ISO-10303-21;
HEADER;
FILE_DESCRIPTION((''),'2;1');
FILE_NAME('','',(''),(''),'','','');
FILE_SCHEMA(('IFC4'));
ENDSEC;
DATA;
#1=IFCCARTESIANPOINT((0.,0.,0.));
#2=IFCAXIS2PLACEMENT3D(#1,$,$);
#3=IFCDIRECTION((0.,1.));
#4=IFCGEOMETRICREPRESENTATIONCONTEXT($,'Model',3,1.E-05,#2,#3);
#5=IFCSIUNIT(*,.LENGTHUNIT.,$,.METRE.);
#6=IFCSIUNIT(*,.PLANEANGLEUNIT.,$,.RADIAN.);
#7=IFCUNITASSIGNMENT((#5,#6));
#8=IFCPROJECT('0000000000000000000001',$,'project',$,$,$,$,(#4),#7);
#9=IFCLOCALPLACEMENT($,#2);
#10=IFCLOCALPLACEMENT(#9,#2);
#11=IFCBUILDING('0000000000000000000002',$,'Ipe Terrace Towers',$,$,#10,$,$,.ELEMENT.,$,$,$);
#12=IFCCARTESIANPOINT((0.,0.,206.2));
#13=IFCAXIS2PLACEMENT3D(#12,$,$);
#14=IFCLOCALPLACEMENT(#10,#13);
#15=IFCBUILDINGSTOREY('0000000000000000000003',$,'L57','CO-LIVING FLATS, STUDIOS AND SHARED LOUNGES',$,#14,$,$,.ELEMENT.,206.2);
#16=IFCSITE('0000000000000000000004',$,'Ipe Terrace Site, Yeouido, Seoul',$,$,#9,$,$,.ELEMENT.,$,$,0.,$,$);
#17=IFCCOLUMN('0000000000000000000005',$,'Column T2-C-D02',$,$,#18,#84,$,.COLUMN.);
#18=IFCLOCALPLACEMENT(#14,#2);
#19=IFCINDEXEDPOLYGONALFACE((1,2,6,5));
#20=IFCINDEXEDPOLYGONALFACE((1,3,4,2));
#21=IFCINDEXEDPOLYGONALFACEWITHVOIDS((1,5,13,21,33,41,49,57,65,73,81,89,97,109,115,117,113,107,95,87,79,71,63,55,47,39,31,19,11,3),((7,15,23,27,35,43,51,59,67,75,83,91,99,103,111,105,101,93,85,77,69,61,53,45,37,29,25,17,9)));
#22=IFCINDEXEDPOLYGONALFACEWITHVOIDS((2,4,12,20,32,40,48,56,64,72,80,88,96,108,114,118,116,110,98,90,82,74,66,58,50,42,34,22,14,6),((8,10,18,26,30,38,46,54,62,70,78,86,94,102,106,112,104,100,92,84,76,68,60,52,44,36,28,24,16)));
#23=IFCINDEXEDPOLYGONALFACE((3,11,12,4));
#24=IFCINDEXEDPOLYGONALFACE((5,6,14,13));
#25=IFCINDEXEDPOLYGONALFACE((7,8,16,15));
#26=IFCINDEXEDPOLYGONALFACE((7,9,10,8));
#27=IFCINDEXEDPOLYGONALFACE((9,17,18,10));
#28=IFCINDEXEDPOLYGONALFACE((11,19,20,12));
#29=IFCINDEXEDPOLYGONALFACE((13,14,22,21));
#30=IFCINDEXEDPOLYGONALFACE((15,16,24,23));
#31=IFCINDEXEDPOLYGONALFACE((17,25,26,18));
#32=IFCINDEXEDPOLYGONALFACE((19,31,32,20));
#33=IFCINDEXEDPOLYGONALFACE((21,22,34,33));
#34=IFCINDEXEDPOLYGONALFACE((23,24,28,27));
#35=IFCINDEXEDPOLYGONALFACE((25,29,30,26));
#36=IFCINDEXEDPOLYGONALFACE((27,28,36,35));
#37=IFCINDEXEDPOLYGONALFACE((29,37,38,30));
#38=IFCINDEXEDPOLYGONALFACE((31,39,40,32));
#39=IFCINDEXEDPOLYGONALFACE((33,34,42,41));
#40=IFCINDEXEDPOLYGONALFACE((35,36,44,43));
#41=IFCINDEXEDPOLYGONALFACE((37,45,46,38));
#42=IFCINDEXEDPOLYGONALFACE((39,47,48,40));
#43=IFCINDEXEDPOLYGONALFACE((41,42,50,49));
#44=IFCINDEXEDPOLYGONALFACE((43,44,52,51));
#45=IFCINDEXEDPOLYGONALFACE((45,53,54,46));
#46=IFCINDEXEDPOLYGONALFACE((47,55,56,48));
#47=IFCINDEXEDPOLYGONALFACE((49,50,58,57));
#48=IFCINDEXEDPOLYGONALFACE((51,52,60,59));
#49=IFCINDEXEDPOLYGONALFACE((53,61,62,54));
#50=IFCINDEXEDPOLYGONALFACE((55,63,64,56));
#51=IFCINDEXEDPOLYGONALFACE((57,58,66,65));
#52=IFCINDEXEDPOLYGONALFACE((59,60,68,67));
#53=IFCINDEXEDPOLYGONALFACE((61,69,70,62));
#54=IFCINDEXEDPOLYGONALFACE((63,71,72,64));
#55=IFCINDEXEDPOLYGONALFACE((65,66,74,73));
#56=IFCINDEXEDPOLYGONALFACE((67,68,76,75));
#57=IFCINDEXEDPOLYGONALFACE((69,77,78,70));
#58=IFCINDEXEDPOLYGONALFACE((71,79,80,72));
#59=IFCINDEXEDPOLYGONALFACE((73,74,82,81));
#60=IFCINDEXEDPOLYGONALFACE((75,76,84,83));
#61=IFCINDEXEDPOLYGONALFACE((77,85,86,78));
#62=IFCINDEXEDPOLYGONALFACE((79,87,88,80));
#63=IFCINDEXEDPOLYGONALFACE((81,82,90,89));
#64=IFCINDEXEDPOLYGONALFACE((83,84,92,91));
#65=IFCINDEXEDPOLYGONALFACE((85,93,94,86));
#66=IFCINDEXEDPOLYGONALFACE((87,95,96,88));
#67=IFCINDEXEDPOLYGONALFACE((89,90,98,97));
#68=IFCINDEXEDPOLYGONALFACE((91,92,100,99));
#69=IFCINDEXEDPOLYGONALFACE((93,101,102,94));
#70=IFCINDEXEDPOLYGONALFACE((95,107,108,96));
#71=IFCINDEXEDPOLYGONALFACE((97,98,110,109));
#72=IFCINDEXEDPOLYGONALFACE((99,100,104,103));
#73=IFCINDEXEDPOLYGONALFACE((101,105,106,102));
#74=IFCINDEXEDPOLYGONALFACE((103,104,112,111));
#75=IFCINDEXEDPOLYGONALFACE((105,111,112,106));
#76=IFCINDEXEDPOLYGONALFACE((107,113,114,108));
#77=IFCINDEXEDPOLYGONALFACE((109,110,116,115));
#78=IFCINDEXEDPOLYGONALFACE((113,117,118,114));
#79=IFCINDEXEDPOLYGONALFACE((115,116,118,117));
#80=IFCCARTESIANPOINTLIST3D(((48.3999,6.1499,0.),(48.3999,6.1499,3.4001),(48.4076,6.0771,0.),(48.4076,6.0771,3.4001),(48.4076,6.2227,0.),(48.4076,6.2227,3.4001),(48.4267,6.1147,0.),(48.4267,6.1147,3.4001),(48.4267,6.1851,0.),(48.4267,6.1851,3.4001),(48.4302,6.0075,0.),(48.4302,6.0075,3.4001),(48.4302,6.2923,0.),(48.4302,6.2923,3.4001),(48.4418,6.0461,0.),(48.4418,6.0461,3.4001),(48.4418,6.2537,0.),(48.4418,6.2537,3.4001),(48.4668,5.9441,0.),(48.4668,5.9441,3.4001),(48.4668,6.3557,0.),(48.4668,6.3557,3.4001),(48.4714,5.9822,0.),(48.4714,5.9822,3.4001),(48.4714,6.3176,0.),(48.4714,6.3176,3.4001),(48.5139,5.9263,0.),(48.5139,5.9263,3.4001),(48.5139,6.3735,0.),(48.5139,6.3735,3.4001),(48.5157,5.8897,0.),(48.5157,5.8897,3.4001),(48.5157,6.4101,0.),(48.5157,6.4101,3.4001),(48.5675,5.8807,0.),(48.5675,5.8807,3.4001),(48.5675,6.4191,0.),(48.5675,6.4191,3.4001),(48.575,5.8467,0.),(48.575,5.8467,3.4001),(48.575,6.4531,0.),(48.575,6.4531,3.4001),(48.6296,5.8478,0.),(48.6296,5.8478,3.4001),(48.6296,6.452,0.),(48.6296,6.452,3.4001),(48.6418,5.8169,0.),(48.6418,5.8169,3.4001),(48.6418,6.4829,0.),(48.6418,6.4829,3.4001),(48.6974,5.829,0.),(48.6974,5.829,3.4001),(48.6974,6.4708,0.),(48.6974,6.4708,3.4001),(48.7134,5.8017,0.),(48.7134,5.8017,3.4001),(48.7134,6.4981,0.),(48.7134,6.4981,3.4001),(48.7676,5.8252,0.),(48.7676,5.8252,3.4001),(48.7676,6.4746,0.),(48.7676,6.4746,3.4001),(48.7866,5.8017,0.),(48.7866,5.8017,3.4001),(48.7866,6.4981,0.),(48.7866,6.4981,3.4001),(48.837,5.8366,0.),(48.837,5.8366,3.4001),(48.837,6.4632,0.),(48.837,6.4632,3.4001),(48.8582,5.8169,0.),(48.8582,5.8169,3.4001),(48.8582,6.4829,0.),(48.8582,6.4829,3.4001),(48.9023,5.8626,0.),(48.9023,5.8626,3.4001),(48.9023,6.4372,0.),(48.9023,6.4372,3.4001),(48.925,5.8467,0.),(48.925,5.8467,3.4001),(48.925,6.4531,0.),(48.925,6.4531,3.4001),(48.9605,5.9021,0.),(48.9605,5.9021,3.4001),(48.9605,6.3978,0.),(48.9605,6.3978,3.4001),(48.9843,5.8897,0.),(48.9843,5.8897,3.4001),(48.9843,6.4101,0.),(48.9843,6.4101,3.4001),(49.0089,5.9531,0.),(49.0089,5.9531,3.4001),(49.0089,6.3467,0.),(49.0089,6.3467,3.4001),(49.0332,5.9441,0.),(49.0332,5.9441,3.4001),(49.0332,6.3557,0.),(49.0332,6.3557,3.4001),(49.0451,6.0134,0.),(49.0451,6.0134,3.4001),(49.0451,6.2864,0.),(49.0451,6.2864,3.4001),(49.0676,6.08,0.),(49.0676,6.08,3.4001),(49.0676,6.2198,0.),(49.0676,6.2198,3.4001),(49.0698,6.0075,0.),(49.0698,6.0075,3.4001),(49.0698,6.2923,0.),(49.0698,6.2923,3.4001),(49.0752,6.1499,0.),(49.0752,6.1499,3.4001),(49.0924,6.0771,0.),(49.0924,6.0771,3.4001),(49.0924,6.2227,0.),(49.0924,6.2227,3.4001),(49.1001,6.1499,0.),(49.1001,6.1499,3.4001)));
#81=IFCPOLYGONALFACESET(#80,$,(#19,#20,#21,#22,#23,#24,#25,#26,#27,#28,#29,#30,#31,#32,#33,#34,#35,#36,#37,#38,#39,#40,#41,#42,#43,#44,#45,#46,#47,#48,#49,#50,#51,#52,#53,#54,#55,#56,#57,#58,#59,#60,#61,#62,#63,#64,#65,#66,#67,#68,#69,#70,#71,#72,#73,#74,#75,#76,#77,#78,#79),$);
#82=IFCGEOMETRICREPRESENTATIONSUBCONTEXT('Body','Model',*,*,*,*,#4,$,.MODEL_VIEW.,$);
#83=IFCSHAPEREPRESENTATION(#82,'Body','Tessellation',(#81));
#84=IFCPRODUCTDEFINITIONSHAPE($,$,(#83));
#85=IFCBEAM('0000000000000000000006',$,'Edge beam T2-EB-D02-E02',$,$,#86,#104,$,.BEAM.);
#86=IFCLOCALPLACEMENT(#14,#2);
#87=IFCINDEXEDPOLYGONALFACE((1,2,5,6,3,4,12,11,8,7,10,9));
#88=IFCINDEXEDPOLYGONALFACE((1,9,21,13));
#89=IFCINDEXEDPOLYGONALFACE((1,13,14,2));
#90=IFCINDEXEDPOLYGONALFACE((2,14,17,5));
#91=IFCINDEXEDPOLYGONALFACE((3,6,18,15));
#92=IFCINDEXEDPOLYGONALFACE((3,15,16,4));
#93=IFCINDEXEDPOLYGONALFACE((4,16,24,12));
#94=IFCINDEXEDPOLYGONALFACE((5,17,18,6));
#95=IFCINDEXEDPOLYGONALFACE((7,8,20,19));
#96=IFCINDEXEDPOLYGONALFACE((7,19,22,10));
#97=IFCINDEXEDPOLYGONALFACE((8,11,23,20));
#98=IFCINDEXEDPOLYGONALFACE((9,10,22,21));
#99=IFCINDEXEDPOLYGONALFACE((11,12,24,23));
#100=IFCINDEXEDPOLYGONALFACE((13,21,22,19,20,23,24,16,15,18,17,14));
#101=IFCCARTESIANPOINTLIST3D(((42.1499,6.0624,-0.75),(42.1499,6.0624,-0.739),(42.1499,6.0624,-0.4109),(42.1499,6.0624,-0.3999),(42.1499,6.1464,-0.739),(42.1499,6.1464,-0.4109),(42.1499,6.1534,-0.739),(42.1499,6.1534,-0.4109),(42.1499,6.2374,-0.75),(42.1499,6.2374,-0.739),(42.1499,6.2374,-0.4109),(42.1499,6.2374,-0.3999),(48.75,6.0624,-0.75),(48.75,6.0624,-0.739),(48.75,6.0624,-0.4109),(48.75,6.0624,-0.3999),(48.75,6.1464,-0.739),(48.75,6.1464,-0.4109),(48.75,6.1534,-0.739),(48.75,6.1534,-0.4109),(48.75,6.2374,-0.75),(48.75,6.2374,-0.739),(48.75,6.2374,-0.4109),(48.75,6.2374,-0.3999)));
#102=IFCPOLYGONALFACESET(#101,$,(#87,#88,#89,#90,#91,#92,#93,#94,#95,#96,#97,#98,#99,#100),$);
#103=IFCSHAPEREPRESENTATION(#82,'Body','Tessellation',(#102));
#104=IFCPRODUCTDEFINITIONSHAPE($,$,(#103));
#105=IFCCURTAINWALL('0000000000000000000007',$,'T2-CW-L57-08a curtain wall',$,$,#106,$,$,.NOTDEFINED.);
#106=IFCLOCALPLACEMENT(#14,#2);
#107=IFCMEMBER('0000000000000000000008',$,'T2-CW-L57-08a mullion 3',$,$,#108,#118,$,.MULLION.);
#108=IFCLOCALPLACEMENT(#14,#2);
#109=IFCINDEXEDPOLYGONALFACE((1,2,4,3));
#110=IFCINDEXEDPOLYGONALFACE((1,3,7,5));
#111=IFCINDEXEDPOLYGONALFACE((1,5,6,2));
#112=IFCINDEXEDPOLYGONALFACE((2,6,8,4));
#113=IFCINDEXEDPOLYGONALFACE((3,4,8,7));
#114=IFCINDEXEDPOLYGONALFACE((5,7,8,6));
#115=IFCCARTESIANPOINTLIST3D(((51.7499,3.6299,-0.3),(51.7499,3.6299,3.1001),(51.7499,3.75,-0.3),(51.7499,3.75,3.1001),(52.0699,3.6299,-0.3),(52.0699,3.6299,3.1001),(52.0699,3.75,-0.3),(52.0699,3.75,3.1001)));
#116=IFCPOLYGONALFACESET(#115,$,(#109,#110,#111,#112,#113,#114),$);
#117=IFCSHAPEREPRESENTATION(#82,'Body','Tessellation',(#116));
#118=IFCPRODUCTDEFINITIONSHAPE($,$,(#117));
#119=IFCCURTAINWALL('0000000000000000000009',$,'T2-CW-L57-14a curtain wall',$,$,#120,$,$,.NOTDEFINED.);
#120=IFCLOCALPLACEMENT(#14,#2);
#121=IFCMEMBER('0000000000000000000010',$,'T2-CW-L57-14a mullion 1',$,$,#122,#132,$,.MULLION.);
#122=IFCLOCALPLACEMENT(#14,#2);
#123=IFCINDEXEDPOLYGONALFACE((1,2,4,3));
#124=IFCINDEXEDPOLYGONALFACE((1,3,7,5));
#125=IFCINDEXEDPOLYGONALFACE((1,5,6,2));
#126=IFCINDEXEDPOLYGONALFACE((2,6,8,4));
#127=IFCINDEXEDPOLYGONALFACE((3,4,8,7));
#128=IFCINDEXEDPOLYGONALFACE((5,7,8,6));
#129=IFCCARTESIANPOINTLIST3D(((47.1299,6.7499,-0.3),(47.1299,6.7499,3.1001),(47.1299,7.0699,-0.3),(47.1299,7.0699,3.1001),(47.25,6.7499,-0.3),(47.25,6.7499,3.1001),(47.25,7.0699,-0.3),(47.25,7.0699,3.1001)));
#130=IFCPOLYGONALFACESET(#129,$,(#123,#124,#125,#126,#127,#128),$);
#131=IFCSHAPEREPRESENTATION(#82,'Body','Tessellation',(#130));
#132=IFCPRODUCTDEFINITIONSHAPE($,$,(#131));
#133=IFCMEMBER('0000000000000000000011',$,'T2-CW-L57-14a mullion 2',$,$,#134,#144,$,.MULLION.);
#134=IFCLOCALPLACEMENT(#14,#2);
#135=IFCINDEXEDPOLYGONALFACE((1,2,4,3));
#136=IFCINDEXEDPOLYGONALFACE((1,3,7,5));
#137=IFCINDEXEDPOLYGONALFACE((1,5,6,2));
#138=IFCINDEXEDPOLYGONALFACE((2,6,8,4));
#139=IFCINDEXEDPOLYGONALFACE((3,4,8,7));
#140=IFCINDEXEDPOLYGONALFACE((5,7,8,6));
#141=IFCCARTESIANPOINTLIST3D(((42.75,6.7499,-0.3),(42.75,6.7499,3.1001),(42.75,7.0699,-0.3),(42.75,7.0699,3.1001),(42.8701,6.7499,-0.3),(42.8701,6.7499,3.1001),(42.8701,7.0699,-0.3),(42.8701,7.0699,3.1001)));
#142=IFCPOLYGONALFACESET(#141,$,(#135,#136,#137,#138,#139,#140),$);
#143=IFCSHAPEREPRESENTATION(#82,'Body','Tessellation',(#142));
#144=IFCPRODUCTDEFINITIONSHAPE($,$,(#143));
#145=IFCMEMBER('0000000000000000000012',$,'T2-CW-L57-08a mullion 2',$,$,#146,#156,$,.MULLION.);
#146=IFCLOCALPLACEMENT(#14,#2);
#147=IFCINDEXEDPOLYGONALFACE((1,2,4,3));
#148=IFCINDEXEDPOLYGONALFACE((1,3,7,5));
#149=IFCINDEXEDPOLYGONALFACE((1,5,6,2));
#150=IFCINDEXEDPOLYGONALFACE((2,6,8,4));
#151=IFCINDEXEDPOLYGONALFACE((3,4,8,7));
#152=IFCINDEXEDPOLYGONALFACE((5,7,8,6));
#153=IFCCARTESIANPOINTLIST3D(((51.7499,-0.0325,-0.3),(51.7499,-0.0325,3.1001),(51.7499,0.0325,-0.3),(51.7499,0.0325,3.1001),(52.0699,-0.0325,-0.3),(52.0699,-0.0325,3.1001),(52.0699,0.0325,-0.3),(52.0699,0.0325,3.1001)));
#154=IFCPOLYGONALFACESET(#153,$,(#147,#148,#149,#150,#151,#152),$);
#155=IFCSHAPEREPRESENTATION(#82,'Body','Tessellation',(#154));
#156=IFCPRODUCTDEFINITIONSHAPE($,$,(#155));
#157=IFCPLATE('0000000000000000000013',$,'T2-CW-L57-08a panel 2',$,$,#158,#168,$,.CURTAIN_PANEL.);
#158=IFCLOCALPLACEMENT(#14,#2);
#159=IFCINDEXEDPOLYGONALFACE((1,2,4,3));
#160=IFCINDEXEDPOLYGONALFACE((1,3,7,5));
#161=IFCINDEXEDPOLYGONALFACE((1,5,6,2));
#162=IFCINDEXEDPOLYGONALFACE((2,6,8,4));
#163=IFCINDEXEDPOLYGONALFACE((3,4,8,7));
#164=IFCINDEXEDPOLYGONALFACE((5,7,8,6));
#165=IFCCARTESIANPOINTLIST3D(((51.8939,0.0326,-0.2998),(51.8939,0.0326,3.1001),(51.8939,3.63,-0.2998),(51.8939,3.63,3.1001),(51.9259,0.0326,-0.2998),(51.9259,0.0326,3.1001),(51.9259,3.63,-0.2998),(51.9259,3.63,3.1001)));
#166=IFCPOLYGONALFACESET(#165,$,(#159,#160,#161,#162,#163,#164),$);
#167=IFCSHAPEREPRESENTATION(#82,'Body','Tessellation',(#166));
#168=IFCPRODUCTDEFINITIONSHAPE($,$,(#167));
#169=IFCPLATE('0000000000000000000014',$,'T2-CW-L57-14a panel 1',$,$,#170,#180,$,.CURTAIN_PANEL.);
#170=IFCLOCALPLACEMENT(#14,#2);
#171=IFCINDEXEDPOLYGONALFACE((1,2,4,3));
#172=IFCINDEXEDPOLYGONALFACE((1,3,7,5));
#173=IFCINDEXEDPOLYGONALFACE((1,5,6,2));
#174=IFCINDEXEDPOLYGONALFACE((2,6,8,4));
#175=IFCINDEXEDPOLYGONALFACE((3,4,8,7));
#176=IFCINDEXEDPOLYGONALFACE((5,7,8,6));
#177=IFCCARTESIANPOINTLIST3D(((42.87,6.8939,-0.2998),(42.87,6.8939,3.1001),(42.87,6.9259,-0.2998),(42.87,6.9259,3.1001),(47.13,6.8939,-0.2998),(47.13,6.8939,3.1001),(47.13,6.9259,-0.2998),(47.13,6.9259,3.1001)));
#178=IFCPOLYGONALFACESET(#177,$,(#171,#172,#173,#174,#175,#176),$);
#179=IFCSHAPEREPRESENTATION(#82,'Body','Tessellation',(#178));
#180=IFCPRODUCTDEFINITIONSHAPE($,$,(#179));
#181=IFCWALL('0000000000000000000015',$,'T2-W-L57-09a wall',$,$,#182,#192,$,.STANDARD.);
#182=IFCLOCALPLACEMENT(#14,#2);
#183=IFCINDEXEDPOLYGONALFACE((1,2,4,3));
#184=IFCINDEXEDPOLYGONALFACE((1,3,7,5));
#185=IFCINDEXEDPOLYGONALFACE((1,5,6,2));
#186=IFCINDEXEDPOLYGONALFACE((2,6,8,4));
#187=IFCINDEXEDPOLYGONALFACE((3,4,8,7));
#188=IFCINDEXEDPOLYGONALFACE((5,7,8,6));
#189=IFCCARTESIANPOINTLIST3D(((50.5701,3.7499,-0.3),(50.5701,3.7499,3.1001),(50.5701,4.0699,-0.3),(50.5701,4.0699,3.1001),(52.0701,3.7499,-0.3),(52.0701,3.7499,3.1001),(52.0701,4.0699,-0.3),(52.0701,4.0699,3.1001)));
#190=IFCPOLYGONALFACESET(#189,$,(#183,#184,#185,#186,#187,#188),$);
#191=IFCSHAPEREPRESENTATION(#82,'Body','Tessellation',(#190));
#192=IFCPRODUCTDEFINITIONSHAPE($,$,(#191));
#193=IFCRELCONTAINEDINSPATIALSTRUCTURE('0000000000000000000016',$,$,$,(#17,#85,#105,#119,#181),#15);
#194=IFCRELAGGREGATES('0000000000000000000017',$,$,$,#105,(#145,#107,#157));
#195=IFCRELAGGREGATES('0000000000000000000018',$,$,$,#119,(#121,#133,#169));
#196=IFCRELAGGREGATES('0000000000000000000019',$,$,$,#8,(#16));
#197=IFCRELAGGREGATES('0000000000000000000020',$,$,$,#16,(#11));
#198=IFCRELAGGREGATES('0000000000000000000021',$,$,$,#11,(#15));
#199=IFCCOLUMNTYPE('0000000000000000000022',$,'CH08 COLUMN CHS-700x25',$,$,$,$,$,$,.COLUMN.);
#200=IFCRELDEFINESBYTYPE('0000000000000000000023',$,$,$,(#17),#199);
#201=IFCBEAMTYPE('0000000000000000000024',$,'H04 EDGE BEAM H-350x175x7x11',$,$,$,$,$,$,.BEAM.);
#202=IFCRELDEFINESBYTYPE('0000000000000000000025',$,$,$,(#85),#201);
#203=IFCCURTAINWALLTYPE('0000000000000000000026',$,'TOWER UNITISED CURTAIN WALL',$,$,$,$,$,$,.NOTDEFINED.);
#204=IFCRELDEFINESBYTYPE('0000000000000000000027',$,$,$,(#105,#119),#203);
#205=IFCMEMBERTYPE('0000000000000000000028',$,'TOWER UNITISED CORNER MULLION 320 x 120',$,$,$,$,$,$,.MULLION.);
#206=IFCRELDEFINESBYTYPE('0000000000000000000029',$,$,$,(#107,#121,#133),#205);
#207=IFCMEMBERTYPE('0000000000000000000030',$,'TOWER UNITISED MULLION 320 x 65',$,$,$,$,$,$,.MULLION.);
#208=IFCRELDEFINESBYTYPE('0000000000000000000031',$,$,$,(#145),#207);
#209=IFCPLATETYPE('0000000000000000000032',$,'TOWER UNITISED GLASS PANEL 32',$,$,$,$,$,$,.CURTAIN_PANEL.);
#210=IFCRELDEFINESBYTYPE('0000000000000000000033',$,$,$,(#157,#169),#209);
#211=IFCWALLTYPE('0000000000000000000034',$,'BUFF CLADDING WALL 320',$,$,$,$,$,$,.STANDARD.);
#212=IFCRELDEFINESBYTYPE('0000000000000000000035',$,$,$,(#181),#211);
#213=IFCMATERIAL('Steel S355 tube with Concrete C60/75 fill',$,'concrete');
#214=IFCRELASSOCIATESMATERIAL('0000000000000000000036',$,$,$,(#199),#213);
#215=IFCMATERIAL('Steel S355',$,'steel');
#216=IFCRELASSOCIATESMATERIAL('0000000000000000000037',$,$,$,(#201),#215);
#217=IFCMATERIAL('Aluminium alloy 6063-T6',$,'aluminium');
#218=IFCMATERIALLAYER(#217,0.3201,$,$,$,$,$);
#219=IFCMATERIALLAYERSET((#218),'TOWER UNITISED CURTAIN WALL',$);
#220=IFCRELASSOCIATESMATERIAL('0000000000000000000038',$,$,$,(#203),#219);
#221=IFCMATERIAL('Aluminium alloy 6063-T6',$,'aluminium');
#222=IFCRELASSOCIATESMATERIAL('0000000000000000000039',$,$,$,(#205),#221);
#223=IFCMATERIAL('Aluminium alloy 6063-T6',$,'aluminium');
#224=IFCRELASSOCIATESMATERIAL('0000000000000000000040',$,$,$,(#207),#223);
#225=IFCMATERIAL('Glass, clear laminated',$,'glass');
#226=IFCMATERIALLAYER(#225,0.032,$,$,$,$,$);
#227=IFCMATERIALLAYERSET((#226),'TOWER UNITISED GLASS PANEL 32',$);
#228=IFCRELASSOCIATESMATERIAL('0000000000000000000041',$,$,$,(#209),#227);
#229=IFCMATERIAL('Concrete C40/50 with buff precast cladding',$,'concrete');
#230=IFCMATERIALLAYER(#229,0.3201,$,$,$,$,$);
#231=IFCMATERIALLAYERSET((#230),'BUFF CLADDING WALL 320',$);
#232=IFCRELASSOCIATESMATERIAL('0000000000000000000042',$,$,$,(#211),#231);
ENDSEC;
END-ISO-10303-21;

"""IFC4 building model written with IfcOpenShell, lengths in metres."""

from ifc_helpers import new_model, si_unit, direction, frame, frame_2d, origin, origin_2d, place, context, subcontext, project, spatial, rectangle, hollow_circle, i_section, extrude, material, layer, layer_set, material_profile, profile_set, type_object, element, aggregate, save


model = new_model("IFC4")

# Units and contexts
model_context = context("Model", 3, precision=1e-05, world=origin(), true_north=direction((0.0, 1.0)))
body_context = subcontext(model_context, "Body", "Model", "MODEL_VIEW")
ifc_project = project(units=[si_unit("LENGTHUNIT", "METRE"), si_unit("PLANEANGLEUNIT", "RADIAN")], contexts=[model_context])

# Site, building, storey
site_placement = place(None, origin())
site = spatial("IfcSite", under=ifc_project, at=site_placement, Name="Ipe Terrace Site, Yeouido, Seoul", CompositionType="ELEMENT", RefElevation=0.0)
building_placement = place(site_placement, origin())
building = spatial("IfcBuilding", under=site, at=building_placement, Name="Ipe Terrace Towers", CompositionType="ELEMENT")
storey_placement = place(building_placement, frame((0.0, 0.0, 206.2)))
storey = spatial("IfcBuildingStorey", under=building, at=storey_placement, Name="L57", Description="CO-LIVING FLATS, STUDIOS AND SHARED LOUNGES", CompositionType="ELEMENT", Elevation=206.2)

# Column
ifc_material_1 = material(Name="Steel S355 tube with Concrete C60/75 fill", Category="concrete")
ifc_material_profile_1 = material_profile(ifc_material_1, hollow_circle(Radius=0.3501, WallThickness=0.0249, at=origin_2d()), Name="CHS-700x25")
ifc_profile_set_1 = profile_set([ifc_material_profile_1], Name="Steel S355 tube with Concrete C60/75 fill")
column_type = type_object("IfcColumnType", Name="CH08 COLUMN CHS-700x25", PredefinedType="COLUMN", material=ifc_profile_set_1)
column_placement = place(storey_placement, frame((48.75, 6.1499, 0.0), z_axis=(0.0, 0.0, 1.0), x_axis=(1.0, 0.0, 0.0)))
element("IfcColumn", 1, at=column_placement, inside=storey, type_object=column_type, Name="Column T2-C-D02", PredefinedType="COLUMN", context=body_context, shape_type="SweptSolid", body=[
    extrude(hollow_circle(Radius=0.3501, WallThickness=0.0249, at=origin_2d()), origin(), (0.0, 0.0, 1.0), 3.4001),
])

# Beam
ifc_material_2 = material(Name="Steel S355", Category="steel")
ifc_material_profile_2 = material_profile(ifc_material_2, i_section(OverallWidth=0.175, OverallDepth=0.3501, WebThickness=0.0071, FlangeThickness=0.011, at=origin_2d()), Name="H-350x175x7x11")
ifc_profile_set_2 = profile_set([ifc_material_profile_2], Name="Steel S355")
beam_type = type_object("IfcBeamType", Name="H04 EDGE BEAM H-350x175x7x11", PredefinedType="BEAM", material=ifc_profile_set_2)
beam_placement = place(storey_placement, frame((48.75, 6.1499, -0.575), z_axis=(-1.0, 0.0, 0.0), x_axis=(0.0, -1.0, 0.0)))
element("IfcBeam", 2, at=beam_placement, inside=storey, type_object=beam_type, Name="Edge beam T2-EB-D02-E02", PredefinedType="BEAM", context=body_context, shape_type="SweptSolid", body=[
    extrude(i_section(OverallWidth=0.175, OverallDepth=0.3501, WebThickness=0.0071, FlangeThickness=0.011, at=origin_2d()), origin(), (0.0, 0.0, 1.0), 6.6001),
])

# Curtain wall, member
ifc_material_3 = material(Name="Aluminium alloy 6063-T6", Category="aluminium")
ifc_layer_1 = layer(ifc_material_3, 0.3201)
ifc_layer_set_1 = layer_set([ifc_layer_1], Name="TOWER UNITISED CURTAIN WALL")
curtain_wall_type = type_object("IfcCurtainWallType", Name="TOWER UNITISED CURTAIN WALL", PredefinedType="NOTDEFINED", material=ifc_layer_set_1)
curtain_wall_1_placement = place(storey_placement, origin())
curtain_wall_1 = element("IfcCurtainWall", 3, at=curtain_wall_1_placement, inside=storey, type_object=curtain_wall_type, Name="T2-CW-L57-08a curtain wall", PredefinedType="NOTDEFINED")
ifc_material_4 = material(Name="Aluminium alloy 6063-T6", Category="aluminium")
ifc_material_profile_3 = material_profile(ifc_material_4, rectangle(XDim=0.3201, YDim=0.1201, at=origin_2d()), Name="TOWER UNITISED CORNER MULLION 320 x 120")
ifc_profile_set_3 = profile_set([ifc_material_profile_3], Name="Aluminium alloy 6063-T6")
member_type_1 = type_object("IfcMemberType", Name="TOWER UNITISED CORNER MULLION 320 x 120", PredefinedType="MULLION", material=ifc_profile_set_3)
member_1_placement = place(storey_placement, frame((51.9099, 3.6899, -0.3), z_axis=(0.0, 0.0, 1.0), x_axis=(1.0, 0.0, 0.0)))
member_1 = element("IfcMember", 4, at=member_1_placement, type_object=member_type_1, Name="T2-CW-L57-08a mullion 3", PredefinedType="MULLION", context=body_context, shape_type="SweptSolid", body=[
    extrude(rectangle(XDim=0.3201, YDim=0.1201, at=origin_2d()), origin(), (0.0, 0.0, 1.0), 3.4001),
])

# Curtain wall, members
curtain_wall_2_placement = place(storey_placement, origin())
curtain_wall_2 = element("IfcCurtainWall", 5, at=curtain_wall_2_placement, inside=storey, type_object=curtain_wall_type, Name="T2-CW-L57-14a curtain wall", PredefinedType="NOTDEFINED")
member_2_placement = place(storey_placement, frame((47.1899, 6.9099, -0.3), z_axis=(0.0, 0.0, 1.0), x_axis=(0.0, 1.0, 0.0)))
member_2 = element("IfcMember", 6, at=member_2_placement, type_object=member_type_1, Name="T2-CW-L57-14a mullion 1", PredefinedType="MULLION", context=body_context, shape_type="SweptSolid", body=[
    extrude(rectangle(XDim=0.3201, YDim=0.1201, at=origin_2d()), origin(), (0.0, 0.0, 1.0), 3.4001),
])
member_3_placement = place(storey_placement, frame((42.8101, 6.9099, -0.3), z_axis=(0.0, 0.0, 1.0), x_axis=(0.0, 1.0, 0.0)))
member_3 = element("IfcMember", 7, at=member_3_placement, type_object=member_type_1, Name="T2-CW-L57-14a mullion 2", PredefinedType="MULLION", context=body_context, shape_type="SweptSolid", body=[
    extrude(rectangle(XDim=0.3201, YDim=0.1201, at=origin_2d()), origin(), (0.0, 0.0, 1.0), 3.4001),
])

# Member
ifc_material_5 = material(Name="Aluminium alloy 6063-T6", Category="aluminium")
ifc_material_profile_4 = material_profile(ifc_material_5, rectangle(XDim=0.3201, YDim=0.0649, at=origin_2d()), Name="TOWER UNITISED MULLION 320 x 65")
ifc_profile_set_4 = profile_set([ifc_material_profile_4], Name="Aluminium alloy 6063-T6")
member_type_2 = type_object("IfcMemberType", Name="TOWER UNITISED MULLION 320 x 65", PredefinedType="MULLION", material=ifc_profile_set_4)
member_4_placement = place(storey_placement, frame((51.9099, 0.0, -0.3), z_axis=(0.0, 0.0, 1.0), x_axis=(1.0, 0.0, 0.0)))
member_4 = element("IfcMember", 8, at=member_4_placement, type_object=member_type_2, Name="T2-CW-L57-08a mullion 2", PredefinedType="MULLION", context=body_context, shape_type="SweptSolid", body=[
    extrude(rectangle(XDim=0.3201, YDim=0.0649, at=origin_2d()), origin(), (0.0, 0.0, 1.0), 3.4001),
])

# Plates
ifc_material_6 = material(Name="Glass, clear laminated", Category="glass")
ifc_layer_2 = layer(ifc_material_6, 0.032)
ifc_layer_set_2 = layer_set([ifc_layer_2], Name="TOWER UNITISED GLASS PANEL 32")
plate_type = type_object("IfcPlateType", Name="TOWER UNITISED GLASS PANEL 32", PredefinedType="CURTAIN_PANEL", material=ifc_layer_set_2)
plate_1_placement = place(storey_placement, frame((51.9099, 1.8313, -0.2998), z_axis=(0.0, 0.0, 1.0), x_axis=(0.0, 1.0, 0.0)))
plate_1 = element("IfcPlate", 9, at=plate_1_placement, type_object=plate_type, Name="T2-CW-L57-08a panel 2", PredefinedType="CURTAIN_PANEL", context=body_context, shape_type="SweptSolid", body=[
    extrude(rectangle(XDim=3.5974, YDim=0.032, at=origin_2d()), origin(), (0.0, 0.0, 1.0), 3.3999),
])
aggregate(curtain_wall_1, [member_4, member_1, plate_1])
plate_2_placement = place(storey_placement, frame((45.0, 6.9099, -0.2998), z_axis=(0.0, 0.0, 1.0), x_axis=(-1.0, 0.0, 0.0)))
plate_2 = element("IfcPlate", 10, at=plate_2_placement, type_object=plate_type, Name="T2-CW-L57-14a panel 1", PredefinedType="CURTAIN_PANEL", context=body_context, shape_type="SweptSolid", body=[
    extrude(rectangle(XDim=4.26, YDim=0.032, at=origin_2d()), origin(), (0.0, 0.0, 1.0), 3.3999),
])
aggregate(curtain_wall_2, [member_2, member_3, plate_2])

# Wall
ifc_material_7 = material(Name="Concrete C40/50 with buff precast cladding", Category="concrete")
ifc_layer_3 = layer(ifc_material_7, 0.3201)
ifc_layer_set_3 = layer_set([ifc_layer_3], Name="BUFF CLADDING WALL 320")
wall_type_1 = type_object("IfcWallType", Name="BUFF CLADDING WALL 320", PredefinedType="STANDARD", material=ifc_layer_set_3)
wall_1_placement = place(storey_placement, frame((52.0701, 3.9099, -0.3), z_axis=(0.0, 0.0, 1.0), x_axis=(-1.0, 0.0, 0.0)))
element("IfcWall", 11, at=wall_1_placement, inside=storey, type_object=wall_type_1, Name="T2-W-L57-09a wall", PredefinedType="STANDARD", context=body_context, shape_type="SweptSolid", body=[
    extrude(rectangle(XDim=1.5, YDim=0.3201, at=frame_2d((0.75, 0.0))), origin(), (0.0, 0.0, 1.0), 3.4001),
])

save(model, "model.ifc")
